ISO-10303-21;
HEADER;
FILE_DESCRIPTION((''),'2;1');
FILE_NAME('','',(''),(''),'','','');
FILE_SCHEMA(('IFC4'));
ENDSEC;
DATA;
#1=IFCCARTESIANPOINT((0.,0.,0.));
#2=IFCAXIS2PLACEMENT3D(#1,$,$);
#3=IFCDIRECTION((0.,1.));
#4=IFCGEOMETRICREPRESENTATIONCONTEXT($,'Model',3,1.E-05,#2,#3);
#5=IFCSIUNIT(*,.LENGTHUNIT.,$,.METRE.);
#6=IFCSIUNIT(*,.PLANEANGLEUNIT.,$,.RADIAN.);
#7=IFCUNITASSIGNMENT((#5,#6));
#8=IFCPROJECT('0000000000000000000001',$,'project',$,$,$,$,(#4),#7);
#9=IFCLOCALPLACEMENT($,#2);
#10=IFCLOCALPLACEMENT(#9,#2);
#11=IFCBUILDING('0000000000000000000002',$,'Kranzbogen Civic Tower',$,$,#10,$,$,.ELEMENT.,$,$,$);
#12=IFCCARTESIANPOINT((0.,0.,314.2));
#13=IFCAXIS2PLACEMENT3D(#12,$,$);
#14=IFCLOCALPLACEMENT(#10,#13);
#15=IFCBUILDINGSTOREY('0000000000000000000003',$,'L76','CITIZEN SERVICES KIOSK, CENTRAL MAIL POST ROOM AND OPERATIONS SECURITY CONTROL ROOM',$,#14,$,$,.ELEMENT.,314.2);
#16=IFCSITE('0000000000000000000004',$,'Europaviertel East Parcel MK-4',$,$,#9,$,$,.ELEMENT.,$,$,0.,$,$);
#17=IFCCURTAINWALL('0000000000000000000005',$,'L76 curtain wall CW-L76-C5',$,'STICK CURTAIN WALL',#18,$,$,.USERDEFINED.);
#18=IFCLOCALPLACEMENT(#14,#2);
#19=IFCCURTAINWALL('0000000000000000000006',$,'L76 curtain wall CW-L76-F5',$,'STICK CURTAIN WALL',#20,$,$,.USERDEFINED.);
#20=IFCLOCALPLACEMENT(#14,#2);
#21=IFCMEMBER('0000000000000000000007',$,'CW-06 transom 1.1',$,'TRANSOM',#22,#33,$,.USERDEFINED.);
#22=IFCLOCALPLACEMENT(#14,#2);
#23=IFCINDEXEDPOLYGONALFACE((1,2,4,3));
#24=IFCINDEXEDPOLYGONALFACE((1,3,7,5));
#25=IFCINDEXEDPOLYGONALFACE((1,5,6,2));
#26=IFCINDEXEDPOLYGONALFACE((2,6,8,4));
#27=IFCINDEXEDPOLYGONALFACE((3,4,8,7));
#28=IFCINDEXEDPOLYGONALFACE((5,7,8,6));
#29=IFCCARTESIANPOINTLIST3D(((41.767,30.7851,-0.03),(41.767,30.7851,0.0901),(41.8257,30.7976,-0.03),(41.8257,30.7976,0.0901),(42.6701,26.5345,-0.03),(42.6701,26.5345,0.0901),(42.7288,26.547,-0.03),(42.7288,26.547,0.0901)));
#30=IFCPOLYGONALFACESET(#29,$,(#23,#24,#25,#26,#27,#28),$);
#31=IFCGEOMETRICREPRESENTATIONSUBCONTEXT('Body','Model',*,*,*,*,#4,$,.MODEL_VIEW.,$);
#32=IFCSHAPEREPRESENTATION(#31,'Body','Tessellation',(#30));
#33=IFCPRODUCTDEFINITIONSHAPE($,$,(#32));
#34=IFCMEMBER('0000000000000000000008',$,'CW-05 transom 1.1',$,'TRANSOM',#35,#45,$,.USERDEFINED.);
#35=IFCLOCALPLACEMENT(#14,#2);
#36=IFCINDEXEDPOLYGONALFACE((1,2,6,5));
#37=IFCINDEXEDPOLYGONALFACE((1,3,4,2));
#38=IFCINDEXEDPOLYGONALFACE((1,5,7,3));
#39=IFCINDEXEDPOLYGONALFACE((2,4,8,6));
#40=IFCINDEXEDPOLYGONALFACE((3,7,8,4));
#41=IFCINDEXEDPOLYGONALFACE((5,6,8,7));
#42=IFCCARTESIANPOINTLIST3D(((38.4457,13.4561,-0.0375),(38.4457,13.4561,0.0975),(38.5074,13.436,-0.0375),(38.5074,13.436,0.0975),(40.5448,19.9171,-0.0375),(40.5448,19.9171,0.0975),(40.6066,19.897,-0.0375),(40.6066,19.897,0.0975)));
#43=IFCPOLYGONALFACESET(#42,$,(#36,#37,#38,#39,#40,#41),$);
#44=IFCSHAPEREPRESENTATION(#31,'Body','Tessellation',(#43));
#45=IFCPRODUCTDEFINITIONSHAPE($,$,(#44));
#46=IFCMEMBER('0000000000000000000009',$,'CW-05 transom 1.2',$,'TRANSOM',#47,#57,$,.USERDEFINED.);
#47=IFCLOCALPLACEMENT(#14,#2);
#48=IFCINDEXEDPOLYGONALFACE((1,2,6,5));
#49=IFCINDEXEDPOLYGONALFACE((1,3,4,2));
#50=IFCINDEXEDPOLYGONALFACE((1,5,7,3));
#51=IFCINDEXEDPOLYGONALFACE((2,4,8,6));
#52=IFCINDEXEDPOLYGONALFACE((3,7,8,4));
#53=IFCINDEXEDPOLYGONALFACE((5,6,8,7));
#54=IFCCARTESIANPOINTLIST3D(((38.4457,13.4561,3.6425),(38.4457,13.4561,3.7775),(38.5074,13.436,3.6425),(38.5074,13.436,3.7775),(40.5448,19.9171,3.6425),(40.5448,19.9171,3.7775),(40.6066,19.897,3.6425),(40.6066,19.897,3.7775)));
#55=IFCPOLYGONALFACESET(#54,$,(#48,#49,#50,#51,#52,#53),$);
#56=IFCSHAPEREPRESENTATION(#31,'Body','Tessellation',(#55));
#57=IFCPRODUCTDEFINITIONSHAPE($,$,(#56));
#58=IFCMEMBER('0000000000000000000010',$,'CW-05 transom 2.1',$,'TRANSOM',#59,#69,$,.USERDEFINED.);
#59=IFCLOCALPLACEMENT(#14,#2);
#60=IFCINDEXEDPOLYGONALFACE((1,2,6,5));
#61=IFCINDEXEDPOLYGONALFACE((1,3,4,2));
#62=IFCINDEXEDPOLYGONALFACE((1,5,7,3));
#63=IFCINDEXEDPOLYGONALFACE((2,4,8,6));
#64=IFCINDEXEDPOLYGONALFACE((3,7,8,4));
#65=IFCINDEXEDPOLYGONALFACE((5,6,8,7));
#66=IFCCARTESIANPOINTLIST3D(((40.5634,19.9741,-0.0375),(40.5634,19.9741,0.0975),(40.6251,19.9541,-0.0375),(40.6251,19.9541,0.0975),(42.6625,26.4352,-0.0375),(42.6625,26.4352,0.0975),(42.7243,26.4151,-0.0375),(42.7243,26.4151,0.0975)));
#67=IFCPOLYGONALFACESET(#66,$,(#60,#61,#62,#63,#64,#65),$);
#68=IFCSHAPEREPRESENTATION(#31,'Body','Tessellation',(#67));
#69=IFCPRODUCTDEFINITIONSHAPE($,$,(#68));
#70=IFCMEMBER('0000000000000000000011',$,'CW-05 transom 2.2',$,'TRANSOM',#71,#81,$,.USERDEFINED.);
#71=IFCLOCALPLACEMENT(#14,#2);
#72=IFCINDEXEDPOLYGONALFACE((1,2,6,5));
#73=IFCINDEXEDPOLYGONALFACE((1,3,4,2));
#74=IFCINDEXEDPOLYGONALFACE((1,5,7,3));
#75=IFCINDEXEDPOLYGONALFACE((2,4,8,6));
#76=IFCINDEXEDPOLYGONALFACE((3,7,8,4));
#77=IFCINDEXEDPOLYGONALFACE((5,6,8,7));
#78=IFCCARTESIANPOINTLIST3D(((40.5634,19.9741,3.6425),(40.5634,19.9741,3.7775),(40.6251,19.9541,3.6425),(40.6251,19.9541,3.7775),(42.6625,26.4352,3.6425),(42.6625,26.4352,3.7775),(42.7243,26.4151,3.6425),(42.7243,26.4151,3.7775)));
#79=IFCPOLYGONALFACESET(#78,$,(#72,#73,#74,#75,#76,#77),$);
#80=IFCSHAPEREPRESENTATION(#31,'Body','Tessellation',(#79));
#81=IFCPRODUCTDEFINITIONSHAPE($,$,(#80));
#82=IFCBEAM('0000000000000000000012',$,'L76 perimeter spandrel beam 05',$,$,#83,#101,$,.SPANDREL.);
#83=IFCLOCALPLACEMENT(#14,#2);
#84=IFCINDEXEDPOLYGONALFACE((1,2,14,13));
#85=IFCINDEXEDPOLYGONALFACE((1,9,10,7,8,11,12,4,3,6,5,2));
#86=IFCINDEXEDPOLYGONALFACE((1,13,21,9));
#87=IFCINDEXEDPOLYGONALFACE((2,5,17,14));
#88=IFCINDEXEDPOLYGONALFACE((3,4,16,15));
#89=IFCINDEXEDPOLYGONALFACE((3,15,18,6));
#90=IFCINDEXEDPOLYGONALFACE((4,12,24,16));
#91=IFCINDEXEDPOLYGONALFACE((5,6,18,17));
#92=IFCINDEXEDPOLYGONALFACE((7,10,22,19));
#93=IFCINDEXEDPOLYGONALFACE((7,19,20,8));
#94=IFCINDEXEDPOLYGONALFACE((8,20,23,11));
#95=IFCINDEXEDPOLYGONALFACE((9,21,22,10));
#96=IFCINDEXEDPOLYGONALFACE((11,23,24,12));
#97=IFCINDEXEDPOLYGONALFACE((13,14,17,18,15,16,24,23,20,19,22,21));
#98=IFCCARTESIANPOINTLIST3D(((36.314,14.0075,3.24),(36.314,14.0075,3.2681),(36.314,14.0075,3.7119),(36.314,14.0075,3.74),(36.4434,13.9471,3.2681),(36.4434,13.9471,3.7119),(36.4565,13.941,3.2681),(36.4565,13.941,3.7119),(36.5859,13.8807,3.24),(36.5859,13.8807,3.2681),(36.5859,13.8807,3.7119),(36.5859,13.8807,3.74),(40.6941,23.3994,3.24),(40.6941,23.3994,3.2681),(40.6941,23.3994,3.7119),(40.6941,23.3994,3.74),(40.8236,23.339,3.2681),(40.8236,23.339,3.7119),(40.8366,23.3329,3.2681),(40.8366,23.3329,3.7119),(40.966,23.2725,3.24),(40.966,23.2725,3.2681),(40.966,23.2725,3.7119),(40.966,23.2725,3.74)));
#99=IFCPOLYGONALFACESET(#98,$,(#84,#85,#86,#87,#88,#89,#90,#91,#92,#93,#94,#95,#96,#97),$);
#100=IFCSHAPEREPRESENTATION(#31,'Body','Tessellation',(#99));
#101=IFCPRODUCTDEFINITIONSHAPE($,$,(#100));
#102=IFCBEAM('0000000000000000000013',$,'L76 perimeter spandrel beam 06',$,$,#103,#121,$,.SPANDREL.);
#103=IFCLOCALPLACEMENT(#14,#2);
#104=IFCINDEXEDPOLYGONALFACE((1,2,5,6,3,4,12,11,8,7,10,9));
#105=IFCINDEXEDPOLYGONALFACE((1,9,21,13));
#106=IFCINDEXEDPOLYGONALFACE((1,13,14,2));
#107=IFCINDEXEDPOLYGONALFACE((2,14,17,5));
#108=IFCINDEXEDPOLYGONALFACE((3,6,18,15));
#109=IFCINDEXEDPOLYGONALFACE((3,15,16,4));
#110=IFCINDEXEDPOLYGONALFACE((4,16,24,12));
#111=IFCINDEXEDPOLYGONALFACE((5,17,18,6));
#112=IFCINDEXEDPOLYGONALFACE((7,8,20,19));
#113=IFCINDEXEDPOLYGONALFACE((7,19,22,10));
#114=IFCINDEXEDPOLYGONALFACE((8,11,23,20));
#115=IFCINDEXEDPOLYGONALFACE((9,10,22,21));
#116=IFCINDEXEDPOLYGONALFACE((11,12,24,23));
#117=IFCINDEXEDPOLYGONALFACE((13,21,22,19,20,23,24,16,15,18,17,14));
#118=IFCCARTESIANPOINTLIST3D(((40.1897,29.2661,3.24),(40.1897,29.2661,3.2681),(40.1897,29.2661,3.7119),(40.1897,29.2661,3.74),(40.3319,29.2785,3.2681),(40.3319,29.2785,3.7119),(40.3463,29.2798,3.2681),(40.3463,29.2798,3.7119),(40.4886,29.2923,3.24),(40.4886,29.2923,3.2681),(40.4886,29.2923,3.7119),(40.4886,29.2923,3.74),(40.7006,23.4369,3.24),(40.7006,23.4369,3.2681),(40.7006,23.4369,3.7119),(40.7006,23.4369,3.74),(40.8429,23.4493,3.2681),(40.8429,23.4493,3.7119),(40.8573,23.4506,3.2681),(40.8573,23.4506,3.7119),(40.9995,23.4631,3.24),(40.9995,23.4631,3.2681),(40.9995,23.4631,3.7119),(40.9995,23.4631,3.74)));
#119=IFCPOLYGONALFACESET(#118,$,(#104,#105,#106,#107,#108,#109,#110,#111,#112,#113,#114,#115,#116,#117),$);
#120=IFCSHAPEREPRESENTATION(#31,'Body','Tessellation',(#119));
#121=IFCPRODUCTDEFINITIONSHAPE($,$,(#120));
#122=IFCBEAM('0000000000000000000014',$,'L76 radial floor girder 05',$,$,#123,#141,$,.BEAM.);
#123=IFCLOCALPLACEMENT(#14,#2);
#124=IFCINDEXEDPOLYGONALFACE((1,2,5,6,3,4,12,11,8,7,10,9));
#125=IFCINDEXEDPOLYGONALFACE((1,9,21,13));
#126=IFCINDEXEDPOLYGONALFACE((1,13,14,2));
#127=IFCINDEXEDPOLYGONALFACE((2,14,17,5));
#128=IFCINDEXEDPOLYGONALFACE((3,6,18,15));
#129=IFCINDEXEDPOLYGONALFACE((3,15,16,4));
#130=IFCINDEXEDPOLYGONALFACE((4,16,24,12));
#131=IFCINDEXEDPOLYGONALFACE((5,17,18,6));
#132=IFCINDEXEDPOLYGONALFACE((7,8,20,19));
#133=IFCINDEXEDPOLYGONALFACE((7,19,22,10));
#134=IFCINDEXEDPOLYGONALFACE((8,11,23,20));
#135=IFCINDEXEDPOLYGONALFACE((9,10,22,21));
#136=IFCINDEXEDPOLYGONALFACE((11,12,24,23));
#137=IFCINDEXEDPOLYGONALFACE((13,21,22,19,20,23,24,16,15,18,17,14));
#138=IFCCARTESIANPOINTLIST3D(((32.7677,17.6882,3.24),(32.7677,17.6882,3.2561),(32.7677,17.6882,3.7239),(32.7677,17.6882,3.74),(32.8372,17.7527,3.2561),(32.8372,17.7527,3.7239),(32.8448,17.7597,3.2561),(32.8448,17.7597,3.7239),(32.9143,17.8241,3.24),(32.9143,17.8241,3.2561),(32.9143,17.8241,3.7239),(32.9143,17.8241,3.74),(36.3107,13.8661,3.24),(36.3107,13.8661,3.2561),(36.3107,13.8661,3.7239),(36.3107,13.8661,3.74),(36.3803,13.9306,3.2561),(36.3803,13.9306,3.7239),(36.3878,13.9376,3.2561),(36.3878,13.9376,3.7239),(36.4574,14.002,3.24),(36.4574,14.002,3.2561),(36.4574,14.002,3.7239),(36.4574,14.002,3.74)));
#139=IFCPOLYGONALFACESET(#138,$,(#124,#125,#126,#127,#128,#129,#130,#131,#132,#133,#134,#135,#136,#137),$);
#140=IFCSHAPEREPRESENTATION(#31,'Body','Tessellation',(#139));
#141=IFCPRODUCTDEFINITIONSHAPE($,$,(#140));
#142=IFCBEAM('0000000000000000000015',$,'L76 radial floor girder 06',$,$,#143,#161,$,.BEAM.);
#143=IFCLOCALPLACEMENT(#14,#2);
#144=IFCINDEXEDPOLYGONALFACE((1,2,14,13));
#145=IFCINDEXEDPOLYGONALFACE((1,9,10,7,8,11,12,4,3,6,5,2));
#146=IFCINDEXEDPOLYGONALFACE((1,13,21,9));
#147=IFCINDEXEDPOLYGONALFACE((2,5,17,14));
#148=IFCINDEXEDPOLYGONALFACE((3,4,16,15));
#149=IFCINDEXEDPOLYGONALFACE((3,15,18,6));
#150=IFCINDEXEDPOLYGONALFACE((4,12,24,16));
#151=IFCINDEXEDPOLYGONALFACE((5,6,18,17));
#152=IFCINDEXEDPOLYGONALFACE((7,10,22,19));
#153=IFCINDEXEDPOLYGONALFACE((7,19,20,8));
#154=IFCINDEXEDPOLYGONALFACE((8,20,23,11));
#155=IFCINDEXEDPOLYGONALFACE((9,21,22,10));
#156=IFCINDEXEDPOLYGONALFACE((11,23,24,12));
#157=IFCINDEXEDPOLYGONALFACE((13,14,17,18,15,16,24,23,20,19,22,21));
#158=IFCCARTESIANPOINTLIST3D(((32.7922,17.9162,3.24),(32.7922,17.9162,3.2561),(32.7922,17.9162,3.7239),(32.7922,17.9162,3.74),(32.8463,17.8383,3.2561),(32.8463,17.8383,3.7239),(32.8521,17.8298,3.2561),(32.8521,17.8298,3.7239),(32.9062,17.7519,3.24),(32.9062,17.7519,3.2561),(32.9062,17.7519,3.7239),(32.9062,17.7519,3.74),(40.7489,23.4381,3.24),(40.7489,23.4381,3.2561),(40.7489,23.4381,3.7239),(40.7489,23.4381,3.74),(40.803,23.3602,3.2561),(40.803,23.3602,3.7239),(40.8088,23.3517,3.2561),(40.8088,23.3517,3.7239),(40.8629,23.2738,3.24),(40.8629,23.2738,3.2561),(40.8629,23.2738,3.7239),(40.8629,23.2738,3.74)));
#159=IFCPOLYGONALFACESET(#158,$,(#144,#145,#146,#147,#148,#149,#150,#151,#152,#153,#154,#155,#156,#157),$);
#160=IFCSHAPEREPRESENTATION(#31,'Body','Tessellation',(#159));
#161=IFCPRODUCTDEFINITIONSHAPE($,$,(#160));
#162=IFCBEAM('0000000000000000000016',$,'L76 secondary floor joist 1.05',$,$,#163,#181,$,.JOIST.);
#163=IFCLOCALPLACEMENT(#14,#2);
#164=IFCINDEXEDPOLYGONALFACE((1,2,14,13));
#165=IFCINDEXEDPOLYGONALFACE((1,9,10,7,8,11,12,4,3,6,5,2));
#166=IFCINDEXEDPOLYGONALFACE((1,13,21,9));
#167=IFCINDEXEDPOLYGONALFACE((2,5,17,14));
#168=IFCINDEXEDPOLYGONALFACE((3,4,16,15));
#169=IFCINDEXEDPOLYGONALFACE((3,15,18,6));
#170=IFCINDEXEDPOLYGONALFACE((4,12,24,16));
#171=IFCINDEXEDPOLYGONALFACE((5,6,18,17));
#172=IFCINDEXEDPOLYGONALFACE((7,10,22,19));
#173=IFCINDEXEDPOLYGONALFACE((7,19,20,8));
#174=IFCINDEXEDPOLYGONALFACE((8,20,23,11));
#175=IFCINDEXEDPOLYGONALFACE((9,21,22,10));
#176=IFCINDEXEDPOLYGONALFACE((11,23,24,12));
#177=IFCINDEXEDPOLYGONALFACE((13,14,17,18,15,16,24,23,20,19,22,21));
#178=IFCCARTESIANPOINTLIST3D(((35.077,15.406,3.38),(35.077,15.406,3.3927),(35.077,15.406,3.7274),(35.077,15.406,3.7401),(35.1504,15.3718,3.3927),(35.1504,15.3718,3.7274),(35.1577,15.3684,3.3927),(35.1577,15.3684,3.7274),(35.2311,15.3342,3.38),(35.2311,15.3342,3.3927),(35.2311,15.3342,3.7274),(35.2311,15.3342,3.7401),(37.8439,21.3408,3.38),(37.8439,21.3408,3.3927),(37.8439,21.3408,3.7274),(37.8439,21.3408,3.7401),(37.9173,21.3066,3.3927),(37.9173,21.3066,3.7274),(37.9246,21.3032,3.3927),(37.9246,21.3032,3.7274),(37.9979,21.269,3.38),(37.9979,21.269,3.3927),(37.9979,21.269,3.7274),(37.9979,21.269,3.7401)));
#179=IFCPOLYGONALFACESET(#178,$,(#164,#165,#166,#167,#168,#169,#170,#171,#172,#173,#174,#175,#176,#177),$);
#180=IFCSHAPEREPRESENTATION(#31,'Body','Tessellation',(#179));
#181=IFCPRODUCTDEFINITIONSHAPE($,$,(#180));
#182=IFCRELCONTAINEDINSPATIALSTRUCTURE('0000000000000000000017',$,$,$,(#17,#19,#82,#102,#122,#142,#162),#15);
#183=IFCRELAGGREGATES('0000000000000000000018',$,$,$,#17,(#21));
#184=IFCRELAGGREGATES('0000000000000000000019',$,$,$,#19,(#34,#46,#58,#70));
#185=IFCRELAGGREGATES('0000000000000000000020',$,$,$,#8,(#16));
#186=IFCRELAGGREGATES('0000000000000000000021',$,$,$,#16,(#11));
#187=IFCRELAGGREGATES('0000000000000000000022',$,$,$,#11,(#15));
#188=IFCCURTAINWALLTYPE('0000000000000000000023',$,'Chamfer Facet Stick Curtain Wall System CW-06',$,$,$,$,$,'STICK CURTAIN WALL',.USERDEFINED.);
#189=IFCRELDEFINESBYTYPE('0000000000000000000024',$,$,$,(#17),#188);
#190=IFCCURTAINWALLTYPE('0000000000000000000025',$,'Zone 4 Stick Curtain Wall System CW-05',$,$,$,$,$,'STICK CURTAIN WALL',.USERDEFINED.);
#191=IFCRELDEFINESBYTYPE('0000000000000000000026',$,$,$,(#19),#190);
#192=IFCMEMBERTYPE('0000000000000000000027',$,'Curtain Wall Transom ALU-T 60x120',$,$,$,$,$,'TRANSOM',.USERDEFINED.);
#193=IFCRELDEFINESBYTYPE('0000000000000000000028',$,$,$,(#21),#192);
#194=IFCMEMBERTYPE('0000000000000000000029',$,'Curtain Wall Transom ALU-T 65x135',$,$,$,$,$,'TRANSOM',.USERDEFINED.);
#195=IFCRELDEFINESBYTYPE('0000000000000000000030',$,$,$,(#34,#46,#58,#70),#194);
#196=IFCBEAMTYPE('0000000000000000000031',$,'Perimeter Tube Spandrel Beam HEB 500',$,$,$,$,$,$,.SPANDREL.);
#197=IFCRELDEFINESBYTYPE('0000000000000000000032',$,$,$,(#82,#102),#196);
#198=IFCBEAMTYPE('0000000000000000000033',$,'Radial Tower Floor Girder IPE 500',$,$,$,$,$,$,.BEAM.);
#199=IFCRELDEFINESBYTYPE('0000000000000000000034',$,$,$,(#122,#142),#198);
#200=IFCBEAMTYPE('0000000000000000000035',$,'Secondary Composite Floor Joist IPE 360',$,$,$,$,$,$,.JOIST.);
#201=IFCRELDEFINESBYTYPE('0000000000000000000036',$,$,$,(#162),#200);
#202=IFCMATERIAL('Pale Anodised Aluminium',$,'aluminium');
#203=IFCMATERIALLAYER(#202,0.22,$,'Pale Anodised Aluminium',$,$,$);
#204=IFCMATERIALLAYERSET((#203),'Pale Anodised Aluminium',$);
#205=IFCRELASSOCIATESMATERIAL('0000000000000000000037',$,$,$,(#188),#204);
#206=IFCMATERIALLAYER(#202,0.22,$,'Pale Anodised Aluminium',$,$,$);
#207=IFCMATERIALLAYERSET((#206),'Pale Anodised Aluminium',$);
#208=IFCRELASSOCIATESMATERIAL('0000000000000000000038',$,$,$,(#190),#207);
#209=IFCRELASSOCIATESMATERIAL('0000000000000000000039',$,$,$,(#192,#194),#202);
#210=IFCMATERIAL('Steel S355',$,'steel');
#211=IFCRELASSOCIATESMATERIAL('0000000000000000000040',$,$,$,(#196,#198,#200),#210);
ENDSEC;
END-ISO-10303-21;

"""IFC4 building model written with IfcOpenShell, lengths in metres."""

from ifc_helpers import new_model, si_unit, direction, frame, origin, origin_2d, place, context, subcontext, project, spatial, rectangle, i_section, extrude, material, layer, layer_set, material_profile, profile_set, type_object, element, aggregate, save


model = new_model("IFC4")

# Units and contexts
model_context = context("Model", 3, precision=1e-05, world=origin(), true_north=direction((0.0, 1.0)))
body_context = subcontext(model_context, "Body", "Model", "MODEL_VIEW")
ifc_project = project(units=[si_unit("LENGTHUNIT", "METRE"), si_unit("PLANEANGLEUNIT", "RADIAN")], contexts=[model_context])

# Site, building, storey
site_placement = place(None, origin())
site = spatial("IfcSite", under=ifc_project, at=site_placement, Name="Europaviertel East Parcel MK-4", CompositionType="ELEMENT", RefElevation=0.0)
building_placement = place(site_placement, origin())
building = spatial("IfcBuilding", under=site, at=building_placement, Name="Kranzbogen Civic Tower", CompositionType="ELEMENT")
storey_placement = place(building_placement, frame((0.0, 0.0, 314.2)))
storey = spatial("IfcBuildingStorey", under=building, at=storey_placement, Name="L76", Description="CITIZEN SERVICES KIOSK, CENTRAL MAIL POST ROOM AND OPERATIONS SECURITY CONTROL ROOM", CompositionType="ELEMENT", Elevation=314.2)

# Shared definitions
ifc_material_1 = material(Name="Steel S355", Category="steel")

# Shared definitions
ifc_material_2 = material(Name="Pale Anodised Aluminium", Category="aluminium")
ifc_layer_1 = layer(ifc_material_2, 0.22, Name="Pale Anodised Aluminium")
ifc_layer_set_1 = layer_set([ifc_layer_1], Name="Pale Anodised Aluminium")
curtain_wall_type_1 = type_object("IfcCurtainWallType", Name="Chamfer Facet Stick Curtain Wall System CW-06", ElementType="STICK CURTAIN WALL", PredefinedType="USERDEFINED", material=ifc_layer_set_1)

# Curtain wall
curtain_wall_1_placement = place(storey_placement, origin())
curtain_wall_1 = element("IfcCurtainWall", 1, at=curtain_wall_1_placement, inside=storey, type_object=curtain_wall_type_1, Name="L76 curtain wall CW-L76-C5", ObjectType="STICK CURTAIN WALL", PredefinedType="USERDEFINED")
ifc_layer_2 = layer(ifc_material_2, 0.22, Name="Pale Anodised Aluminium")
ifc_layer_set_2 = layer_set([ifc_layer_2], Name="Pale Anodised Aluminium")
curtain_wall_type_2 = type_object("IfcCurtainWallType", Name="Zone 4 Stick Curtain Wall System CW-05", ElementType="STICK CURTAIN WALL", PredefinedType="USERDEFINED", material=ifc_layer_set_2)

# Curtain wall
curtain_wall_2_placement = place(storey_placement, origin())
curtain_wall_2 = element("IfcCurtainWall", 2, at=curtain_wall_2_placement, inside=storey, type_object=curtain_wall_type_2, Name="L76 curtain wall CW-L76-F5", ObjectType="STICK CURTAIN WALL", PredefinedType="USERDEFINED")

# Members
ifc_material_profile_1 = material_profile(ifc_material_2, rectangle(XDim=0.0601, YDim=0.1201, at=origin_2d()), Name="ALU-T 60x120")
ifc_profile_set_1 = profile_set([ifc_material_profile_1], Name="Pale Anodised Aluminium")
member_type_1 = type_object("IfcMemberType", Name="Curtain Wall Transom ALU-T 60x120", ElementType="TRANSOM", PredefinedType="USERDEFINED", material=ifc_profile_set_1)
member_1_placement = place(storey_placement, frame((42.6995, 26.5408, 0.03), z_axis=(-0.207825, 0.978166, 0.0), x_axis=(-0.978166, -0.207825, 0.0)))
member_1 = element("IfcMember", 3, at=member_1_placement, type_object=member_type_1, Name="CW-06 transom 1.1", ObjectType="TRANSOM", PredefinedType="USERDEFINED", context=body_context, shape_type="SweptSolid", body=[
    extrude(rectangle(XDim=0.0601, YDim=0.1201, at=origin_2d()), origin(), (0.0, 0.0, 1.0), 4.3455),
])
aggregate(curtain_wall_1, [member_1])
ifc_material_profile_2 = material_profile(ifc_material_2, rectangle(XDim=0.0649, YDim=0.135, at=origin_2d()), Name="ALU-T 65x135")
ifc_profile_set_2 = profile_set([ifc_material_profile_2], Name="Pale Anodised Aluminium")
member_type_2 = type_object("IfcMemberType", Name="Curtain Wall Transom ALU-T 65x135", ElementType="TRANSOM", PredefinedType="USERDEFINED", material=ifc_profile_set_2)
member_2_placement = place(storey_placement, frame((38.4766, 13.446, 0.03), z_axis=(0.308995, 0.951064, 0.0), x_axis=(-0.951064, 0.308995, 0.0)))
member_2 = element("IfcMember", 4, at=member_2_placement, type_object=member_type_2, Name="CW-05 transom 1.1", ObjectType="TRANSOM", PredefinedType="USERDEFINED", context=body_context, shape_type="SweptSolid", body=[
    extrude(rectangle(XDim=0.0649, YDim=0.135, at=origin_2d()), origin(), (0.0, 0.0, 1.0), 6.7935),
])
member_3_placement = place(storey_placement, frame((38.4766, 13.446, 3.71), z_axis=(0.308995, 0.951064, 0.0), x_axis=(-0.951064, 0.308995, 0.0)))
member_3 = element("IfcMember", 5, at=member_3_placement, type_object=member_type_2, Name="CW-05 transom 1.2", ObjectType="TRANSOM", PredefinedType="USERDEFINED", context=body_context, shape_type="SweptSolid", body=[
    extrude(rectangle(XDim=0.0649, YDim=0.135, at=origin_2d()), origin(), (0.0, 0.0, 1.0), 6.7935),
])
member_4_placement = place(storey_placement, frame((40.5942, 19.9641, 0.03), z_axis=(0.308995, 0.951064, 0.0), x_axis=(-0.951064, 0.308995, 0.0)))
member_4 = element("IfcMember", 6, at=member_4_placement, type_object=member_type_2, Name="CW-05 transom 2.1", ObjectType="TRANSOM", PredefinedType="USERDEFINED", context=body_context, shape_type="SweptSolid", body=[
    extrude(rectangle(XDim=0.0649, YDim=0.135, at=origin_2d()), origin(), (0.0, 0.0, 1.0), 6.7935),
])
member_5_placement = place(storey_placement, frame((40.5942, 19.9641, 3.71), z_axis=(0.308995, 0.951064, 0.0), x_axis=(-0.951064, 0.308995, 0.0)))
member_5 = element("IfcMember", 7, at=member_5_placement, type_object=member_type_2, Name="CW-05 transom 2.2", ObjectType="TRANSOM", PredefinedType="USERDEFINED", context=body_context, shape_type="SweptSolid", body=[
    extrude(rectangle(XDim=0.0649, YDim=0.135, at=origin_2d()), origin(), (0.0, 0.0, 1.0), 6.7935),
])

# Beams
ifc_material_profile_3 = material_profile(ifc_material_1, i_section(OverallWidth=0.3, OverallDepth=0.5, WebThickness=0.0144, FlangeThickness=0.0281, at=origin_2d()), Name="HEB 500")
ifc_profile_set_3 = profile_set([ifc_material_profile_3], Name="Steel S355")
beam_type_1 = type_object("IfcBeamType", Name="Perimeter Tube Spandrel Beam HEB 500", PredefinedType="SPANDREL", material=ifc_profile_set_3)
beam_1_placement = place(storey_placement, frame((36.45, 13.9441, 3.49), z_axis=(0.422669, 0.906284, 0.0), x_axis=(-0.906284, 0.422669, 0.0)))
element("IfcBeam", 8, at=beam_1_placement, inside=storey, type_object=beam_type_1, Name="L76 perimeter spandrel beam 05", PredefinedType="SPANDREL", context=body_context, shape_type="SweptSolid", body=[
    extrude(i_section(OverallWidth=0.3, OverallDepth=0.5, WebThickness=0.0144, FlangeThickness=0.0281, at=origin_2d()), origin(), (0.0, 0.0, 1.0), 10.363),
])
beam_2_placement = place(storey_placement, frame((40.8501, 23.45, 3.49), z_axis=(-0.087326, 0.99618, 0.0), x_axis=(-0.99618, -0.087326, 0.0)))
element("IfcBeam", 9, at=beam_2_placement, inside=storey, type_object=beam_type_1, Name="L76 perimeter spandrel beam 06", PredefinedType="SPANDREL", context=body_context, shape_type="SweptSolid", body=[
    extrude(i_section(OverallWidth=0.3, OverallDepth=0.5, WebThickness=0.0144, FlangeThickness=0.0281, at=origin_2d()), origin(), (0.0, 0.0, 1.0), 5.8516),
])
ifc_material_profile_4 = material_profile(ifc_material_1, i_section(OverallWidth=0.2, OverallDepth=0.5, WebThickness=0.0103, FlangeThickness=0.0161, at=origin_2d()), Name="IPE 500")
ifc_profile_set_4 = profile_set([ifc_material_profile_4], Name="Steel S355")
beam_type_2 = type_object("IfcBeamType", Name="Radial Tower Floor Girder IPE 500", PredefinedType="BEAM", material=ifc_profile_set_4)
beam_3_placement = place(storey_placement, frame((36.384, 13.9341, 3.49), z_axis=(-0.679827, 0.733372, 0.0), x_axis=(-0.733372, -0.679827, 0.0)))
element("IfcBeam", 10, at=beam_3_placement, inside=storey, type_object=beam_type_2, Name="L76 radial floor girder 05", PredefinedType="BEAM", context=body_context, shape_type="SweptSolid", body=[
    extrude(i_section(OverallWidth=0.2, OverallDepth=0.5, WebThickness=0.0103, FlangeThickness=0.0161, at=origin_2d()), origin(), (0.0, 0.0, 1.0), 5.2117),
])
beam_4_placement = place(storey_placement, frame((40.8059, 23.356, 3.49), z_axis=(-0.821543, -0.570147, 0.0), x_axis=(0.570147, -0.821543, 0.0)))
element("IfcBeam", 11, at=beam_4_placement, inside=storey, type_object=beam_type_2, Name="L76 radial floor girder 06", PredefinedType="BEAM", context=body_context, shape_type="SweptSolid", body=[
    extrude(i_section(OverallWidth=0.2, OverallDepth=0.5, WebThickness=0.0103, FlangeThickness=0.0161, at=origin_2d()), origin(), (0.0, 0.0, 1.0), 9.6851),
])
ifc_material_profile_5 = material_profile(ifc_material_1, i_section(OverallWidth=0.1699, OverallDepth=0.3601, WebThickness=0.0081, FlangeThickness=0.0127, at=origin_2d()), Name="IPE 360")
ifc_profile_set_5 = profile_set([ifc_material_profile_5], Name="Steel S355")
beam_type_3 = type_object("IfcBeamType", Name="Secondary Composite Floor Joist IPE 360", PredefinedType="JOIST", material=ifc_profile_set_5)
beam_5_placement = place(storey_placement, frame((35.1541, 15.3701, 3.5601), z_axis=(0.422543, 0.906343, 0.0), x_axis=(-0.906343, 0.422543, 0.0)))
element("IfcBeam", 12, at=beam_5_placement, inside=storey, type_object=beam_type_3, Name="L76 secondary floor joist 1.05", PredefinedType="JOIST", context=body_context, shape_type="SweptSolid", body=[
    extrude(i_section(OverallWidth=0.1699, OverallDepth=0.3601, WebThickness=0.0081, FlangeThickness=0.0127, at=origin_2d()), origin(), (0.0, 0.0, 1.0), 6.5481),
])

aggregate(curtain_wall_2, [member_2, member_3, member_4, member_5])

save(model, "model.ifc")
